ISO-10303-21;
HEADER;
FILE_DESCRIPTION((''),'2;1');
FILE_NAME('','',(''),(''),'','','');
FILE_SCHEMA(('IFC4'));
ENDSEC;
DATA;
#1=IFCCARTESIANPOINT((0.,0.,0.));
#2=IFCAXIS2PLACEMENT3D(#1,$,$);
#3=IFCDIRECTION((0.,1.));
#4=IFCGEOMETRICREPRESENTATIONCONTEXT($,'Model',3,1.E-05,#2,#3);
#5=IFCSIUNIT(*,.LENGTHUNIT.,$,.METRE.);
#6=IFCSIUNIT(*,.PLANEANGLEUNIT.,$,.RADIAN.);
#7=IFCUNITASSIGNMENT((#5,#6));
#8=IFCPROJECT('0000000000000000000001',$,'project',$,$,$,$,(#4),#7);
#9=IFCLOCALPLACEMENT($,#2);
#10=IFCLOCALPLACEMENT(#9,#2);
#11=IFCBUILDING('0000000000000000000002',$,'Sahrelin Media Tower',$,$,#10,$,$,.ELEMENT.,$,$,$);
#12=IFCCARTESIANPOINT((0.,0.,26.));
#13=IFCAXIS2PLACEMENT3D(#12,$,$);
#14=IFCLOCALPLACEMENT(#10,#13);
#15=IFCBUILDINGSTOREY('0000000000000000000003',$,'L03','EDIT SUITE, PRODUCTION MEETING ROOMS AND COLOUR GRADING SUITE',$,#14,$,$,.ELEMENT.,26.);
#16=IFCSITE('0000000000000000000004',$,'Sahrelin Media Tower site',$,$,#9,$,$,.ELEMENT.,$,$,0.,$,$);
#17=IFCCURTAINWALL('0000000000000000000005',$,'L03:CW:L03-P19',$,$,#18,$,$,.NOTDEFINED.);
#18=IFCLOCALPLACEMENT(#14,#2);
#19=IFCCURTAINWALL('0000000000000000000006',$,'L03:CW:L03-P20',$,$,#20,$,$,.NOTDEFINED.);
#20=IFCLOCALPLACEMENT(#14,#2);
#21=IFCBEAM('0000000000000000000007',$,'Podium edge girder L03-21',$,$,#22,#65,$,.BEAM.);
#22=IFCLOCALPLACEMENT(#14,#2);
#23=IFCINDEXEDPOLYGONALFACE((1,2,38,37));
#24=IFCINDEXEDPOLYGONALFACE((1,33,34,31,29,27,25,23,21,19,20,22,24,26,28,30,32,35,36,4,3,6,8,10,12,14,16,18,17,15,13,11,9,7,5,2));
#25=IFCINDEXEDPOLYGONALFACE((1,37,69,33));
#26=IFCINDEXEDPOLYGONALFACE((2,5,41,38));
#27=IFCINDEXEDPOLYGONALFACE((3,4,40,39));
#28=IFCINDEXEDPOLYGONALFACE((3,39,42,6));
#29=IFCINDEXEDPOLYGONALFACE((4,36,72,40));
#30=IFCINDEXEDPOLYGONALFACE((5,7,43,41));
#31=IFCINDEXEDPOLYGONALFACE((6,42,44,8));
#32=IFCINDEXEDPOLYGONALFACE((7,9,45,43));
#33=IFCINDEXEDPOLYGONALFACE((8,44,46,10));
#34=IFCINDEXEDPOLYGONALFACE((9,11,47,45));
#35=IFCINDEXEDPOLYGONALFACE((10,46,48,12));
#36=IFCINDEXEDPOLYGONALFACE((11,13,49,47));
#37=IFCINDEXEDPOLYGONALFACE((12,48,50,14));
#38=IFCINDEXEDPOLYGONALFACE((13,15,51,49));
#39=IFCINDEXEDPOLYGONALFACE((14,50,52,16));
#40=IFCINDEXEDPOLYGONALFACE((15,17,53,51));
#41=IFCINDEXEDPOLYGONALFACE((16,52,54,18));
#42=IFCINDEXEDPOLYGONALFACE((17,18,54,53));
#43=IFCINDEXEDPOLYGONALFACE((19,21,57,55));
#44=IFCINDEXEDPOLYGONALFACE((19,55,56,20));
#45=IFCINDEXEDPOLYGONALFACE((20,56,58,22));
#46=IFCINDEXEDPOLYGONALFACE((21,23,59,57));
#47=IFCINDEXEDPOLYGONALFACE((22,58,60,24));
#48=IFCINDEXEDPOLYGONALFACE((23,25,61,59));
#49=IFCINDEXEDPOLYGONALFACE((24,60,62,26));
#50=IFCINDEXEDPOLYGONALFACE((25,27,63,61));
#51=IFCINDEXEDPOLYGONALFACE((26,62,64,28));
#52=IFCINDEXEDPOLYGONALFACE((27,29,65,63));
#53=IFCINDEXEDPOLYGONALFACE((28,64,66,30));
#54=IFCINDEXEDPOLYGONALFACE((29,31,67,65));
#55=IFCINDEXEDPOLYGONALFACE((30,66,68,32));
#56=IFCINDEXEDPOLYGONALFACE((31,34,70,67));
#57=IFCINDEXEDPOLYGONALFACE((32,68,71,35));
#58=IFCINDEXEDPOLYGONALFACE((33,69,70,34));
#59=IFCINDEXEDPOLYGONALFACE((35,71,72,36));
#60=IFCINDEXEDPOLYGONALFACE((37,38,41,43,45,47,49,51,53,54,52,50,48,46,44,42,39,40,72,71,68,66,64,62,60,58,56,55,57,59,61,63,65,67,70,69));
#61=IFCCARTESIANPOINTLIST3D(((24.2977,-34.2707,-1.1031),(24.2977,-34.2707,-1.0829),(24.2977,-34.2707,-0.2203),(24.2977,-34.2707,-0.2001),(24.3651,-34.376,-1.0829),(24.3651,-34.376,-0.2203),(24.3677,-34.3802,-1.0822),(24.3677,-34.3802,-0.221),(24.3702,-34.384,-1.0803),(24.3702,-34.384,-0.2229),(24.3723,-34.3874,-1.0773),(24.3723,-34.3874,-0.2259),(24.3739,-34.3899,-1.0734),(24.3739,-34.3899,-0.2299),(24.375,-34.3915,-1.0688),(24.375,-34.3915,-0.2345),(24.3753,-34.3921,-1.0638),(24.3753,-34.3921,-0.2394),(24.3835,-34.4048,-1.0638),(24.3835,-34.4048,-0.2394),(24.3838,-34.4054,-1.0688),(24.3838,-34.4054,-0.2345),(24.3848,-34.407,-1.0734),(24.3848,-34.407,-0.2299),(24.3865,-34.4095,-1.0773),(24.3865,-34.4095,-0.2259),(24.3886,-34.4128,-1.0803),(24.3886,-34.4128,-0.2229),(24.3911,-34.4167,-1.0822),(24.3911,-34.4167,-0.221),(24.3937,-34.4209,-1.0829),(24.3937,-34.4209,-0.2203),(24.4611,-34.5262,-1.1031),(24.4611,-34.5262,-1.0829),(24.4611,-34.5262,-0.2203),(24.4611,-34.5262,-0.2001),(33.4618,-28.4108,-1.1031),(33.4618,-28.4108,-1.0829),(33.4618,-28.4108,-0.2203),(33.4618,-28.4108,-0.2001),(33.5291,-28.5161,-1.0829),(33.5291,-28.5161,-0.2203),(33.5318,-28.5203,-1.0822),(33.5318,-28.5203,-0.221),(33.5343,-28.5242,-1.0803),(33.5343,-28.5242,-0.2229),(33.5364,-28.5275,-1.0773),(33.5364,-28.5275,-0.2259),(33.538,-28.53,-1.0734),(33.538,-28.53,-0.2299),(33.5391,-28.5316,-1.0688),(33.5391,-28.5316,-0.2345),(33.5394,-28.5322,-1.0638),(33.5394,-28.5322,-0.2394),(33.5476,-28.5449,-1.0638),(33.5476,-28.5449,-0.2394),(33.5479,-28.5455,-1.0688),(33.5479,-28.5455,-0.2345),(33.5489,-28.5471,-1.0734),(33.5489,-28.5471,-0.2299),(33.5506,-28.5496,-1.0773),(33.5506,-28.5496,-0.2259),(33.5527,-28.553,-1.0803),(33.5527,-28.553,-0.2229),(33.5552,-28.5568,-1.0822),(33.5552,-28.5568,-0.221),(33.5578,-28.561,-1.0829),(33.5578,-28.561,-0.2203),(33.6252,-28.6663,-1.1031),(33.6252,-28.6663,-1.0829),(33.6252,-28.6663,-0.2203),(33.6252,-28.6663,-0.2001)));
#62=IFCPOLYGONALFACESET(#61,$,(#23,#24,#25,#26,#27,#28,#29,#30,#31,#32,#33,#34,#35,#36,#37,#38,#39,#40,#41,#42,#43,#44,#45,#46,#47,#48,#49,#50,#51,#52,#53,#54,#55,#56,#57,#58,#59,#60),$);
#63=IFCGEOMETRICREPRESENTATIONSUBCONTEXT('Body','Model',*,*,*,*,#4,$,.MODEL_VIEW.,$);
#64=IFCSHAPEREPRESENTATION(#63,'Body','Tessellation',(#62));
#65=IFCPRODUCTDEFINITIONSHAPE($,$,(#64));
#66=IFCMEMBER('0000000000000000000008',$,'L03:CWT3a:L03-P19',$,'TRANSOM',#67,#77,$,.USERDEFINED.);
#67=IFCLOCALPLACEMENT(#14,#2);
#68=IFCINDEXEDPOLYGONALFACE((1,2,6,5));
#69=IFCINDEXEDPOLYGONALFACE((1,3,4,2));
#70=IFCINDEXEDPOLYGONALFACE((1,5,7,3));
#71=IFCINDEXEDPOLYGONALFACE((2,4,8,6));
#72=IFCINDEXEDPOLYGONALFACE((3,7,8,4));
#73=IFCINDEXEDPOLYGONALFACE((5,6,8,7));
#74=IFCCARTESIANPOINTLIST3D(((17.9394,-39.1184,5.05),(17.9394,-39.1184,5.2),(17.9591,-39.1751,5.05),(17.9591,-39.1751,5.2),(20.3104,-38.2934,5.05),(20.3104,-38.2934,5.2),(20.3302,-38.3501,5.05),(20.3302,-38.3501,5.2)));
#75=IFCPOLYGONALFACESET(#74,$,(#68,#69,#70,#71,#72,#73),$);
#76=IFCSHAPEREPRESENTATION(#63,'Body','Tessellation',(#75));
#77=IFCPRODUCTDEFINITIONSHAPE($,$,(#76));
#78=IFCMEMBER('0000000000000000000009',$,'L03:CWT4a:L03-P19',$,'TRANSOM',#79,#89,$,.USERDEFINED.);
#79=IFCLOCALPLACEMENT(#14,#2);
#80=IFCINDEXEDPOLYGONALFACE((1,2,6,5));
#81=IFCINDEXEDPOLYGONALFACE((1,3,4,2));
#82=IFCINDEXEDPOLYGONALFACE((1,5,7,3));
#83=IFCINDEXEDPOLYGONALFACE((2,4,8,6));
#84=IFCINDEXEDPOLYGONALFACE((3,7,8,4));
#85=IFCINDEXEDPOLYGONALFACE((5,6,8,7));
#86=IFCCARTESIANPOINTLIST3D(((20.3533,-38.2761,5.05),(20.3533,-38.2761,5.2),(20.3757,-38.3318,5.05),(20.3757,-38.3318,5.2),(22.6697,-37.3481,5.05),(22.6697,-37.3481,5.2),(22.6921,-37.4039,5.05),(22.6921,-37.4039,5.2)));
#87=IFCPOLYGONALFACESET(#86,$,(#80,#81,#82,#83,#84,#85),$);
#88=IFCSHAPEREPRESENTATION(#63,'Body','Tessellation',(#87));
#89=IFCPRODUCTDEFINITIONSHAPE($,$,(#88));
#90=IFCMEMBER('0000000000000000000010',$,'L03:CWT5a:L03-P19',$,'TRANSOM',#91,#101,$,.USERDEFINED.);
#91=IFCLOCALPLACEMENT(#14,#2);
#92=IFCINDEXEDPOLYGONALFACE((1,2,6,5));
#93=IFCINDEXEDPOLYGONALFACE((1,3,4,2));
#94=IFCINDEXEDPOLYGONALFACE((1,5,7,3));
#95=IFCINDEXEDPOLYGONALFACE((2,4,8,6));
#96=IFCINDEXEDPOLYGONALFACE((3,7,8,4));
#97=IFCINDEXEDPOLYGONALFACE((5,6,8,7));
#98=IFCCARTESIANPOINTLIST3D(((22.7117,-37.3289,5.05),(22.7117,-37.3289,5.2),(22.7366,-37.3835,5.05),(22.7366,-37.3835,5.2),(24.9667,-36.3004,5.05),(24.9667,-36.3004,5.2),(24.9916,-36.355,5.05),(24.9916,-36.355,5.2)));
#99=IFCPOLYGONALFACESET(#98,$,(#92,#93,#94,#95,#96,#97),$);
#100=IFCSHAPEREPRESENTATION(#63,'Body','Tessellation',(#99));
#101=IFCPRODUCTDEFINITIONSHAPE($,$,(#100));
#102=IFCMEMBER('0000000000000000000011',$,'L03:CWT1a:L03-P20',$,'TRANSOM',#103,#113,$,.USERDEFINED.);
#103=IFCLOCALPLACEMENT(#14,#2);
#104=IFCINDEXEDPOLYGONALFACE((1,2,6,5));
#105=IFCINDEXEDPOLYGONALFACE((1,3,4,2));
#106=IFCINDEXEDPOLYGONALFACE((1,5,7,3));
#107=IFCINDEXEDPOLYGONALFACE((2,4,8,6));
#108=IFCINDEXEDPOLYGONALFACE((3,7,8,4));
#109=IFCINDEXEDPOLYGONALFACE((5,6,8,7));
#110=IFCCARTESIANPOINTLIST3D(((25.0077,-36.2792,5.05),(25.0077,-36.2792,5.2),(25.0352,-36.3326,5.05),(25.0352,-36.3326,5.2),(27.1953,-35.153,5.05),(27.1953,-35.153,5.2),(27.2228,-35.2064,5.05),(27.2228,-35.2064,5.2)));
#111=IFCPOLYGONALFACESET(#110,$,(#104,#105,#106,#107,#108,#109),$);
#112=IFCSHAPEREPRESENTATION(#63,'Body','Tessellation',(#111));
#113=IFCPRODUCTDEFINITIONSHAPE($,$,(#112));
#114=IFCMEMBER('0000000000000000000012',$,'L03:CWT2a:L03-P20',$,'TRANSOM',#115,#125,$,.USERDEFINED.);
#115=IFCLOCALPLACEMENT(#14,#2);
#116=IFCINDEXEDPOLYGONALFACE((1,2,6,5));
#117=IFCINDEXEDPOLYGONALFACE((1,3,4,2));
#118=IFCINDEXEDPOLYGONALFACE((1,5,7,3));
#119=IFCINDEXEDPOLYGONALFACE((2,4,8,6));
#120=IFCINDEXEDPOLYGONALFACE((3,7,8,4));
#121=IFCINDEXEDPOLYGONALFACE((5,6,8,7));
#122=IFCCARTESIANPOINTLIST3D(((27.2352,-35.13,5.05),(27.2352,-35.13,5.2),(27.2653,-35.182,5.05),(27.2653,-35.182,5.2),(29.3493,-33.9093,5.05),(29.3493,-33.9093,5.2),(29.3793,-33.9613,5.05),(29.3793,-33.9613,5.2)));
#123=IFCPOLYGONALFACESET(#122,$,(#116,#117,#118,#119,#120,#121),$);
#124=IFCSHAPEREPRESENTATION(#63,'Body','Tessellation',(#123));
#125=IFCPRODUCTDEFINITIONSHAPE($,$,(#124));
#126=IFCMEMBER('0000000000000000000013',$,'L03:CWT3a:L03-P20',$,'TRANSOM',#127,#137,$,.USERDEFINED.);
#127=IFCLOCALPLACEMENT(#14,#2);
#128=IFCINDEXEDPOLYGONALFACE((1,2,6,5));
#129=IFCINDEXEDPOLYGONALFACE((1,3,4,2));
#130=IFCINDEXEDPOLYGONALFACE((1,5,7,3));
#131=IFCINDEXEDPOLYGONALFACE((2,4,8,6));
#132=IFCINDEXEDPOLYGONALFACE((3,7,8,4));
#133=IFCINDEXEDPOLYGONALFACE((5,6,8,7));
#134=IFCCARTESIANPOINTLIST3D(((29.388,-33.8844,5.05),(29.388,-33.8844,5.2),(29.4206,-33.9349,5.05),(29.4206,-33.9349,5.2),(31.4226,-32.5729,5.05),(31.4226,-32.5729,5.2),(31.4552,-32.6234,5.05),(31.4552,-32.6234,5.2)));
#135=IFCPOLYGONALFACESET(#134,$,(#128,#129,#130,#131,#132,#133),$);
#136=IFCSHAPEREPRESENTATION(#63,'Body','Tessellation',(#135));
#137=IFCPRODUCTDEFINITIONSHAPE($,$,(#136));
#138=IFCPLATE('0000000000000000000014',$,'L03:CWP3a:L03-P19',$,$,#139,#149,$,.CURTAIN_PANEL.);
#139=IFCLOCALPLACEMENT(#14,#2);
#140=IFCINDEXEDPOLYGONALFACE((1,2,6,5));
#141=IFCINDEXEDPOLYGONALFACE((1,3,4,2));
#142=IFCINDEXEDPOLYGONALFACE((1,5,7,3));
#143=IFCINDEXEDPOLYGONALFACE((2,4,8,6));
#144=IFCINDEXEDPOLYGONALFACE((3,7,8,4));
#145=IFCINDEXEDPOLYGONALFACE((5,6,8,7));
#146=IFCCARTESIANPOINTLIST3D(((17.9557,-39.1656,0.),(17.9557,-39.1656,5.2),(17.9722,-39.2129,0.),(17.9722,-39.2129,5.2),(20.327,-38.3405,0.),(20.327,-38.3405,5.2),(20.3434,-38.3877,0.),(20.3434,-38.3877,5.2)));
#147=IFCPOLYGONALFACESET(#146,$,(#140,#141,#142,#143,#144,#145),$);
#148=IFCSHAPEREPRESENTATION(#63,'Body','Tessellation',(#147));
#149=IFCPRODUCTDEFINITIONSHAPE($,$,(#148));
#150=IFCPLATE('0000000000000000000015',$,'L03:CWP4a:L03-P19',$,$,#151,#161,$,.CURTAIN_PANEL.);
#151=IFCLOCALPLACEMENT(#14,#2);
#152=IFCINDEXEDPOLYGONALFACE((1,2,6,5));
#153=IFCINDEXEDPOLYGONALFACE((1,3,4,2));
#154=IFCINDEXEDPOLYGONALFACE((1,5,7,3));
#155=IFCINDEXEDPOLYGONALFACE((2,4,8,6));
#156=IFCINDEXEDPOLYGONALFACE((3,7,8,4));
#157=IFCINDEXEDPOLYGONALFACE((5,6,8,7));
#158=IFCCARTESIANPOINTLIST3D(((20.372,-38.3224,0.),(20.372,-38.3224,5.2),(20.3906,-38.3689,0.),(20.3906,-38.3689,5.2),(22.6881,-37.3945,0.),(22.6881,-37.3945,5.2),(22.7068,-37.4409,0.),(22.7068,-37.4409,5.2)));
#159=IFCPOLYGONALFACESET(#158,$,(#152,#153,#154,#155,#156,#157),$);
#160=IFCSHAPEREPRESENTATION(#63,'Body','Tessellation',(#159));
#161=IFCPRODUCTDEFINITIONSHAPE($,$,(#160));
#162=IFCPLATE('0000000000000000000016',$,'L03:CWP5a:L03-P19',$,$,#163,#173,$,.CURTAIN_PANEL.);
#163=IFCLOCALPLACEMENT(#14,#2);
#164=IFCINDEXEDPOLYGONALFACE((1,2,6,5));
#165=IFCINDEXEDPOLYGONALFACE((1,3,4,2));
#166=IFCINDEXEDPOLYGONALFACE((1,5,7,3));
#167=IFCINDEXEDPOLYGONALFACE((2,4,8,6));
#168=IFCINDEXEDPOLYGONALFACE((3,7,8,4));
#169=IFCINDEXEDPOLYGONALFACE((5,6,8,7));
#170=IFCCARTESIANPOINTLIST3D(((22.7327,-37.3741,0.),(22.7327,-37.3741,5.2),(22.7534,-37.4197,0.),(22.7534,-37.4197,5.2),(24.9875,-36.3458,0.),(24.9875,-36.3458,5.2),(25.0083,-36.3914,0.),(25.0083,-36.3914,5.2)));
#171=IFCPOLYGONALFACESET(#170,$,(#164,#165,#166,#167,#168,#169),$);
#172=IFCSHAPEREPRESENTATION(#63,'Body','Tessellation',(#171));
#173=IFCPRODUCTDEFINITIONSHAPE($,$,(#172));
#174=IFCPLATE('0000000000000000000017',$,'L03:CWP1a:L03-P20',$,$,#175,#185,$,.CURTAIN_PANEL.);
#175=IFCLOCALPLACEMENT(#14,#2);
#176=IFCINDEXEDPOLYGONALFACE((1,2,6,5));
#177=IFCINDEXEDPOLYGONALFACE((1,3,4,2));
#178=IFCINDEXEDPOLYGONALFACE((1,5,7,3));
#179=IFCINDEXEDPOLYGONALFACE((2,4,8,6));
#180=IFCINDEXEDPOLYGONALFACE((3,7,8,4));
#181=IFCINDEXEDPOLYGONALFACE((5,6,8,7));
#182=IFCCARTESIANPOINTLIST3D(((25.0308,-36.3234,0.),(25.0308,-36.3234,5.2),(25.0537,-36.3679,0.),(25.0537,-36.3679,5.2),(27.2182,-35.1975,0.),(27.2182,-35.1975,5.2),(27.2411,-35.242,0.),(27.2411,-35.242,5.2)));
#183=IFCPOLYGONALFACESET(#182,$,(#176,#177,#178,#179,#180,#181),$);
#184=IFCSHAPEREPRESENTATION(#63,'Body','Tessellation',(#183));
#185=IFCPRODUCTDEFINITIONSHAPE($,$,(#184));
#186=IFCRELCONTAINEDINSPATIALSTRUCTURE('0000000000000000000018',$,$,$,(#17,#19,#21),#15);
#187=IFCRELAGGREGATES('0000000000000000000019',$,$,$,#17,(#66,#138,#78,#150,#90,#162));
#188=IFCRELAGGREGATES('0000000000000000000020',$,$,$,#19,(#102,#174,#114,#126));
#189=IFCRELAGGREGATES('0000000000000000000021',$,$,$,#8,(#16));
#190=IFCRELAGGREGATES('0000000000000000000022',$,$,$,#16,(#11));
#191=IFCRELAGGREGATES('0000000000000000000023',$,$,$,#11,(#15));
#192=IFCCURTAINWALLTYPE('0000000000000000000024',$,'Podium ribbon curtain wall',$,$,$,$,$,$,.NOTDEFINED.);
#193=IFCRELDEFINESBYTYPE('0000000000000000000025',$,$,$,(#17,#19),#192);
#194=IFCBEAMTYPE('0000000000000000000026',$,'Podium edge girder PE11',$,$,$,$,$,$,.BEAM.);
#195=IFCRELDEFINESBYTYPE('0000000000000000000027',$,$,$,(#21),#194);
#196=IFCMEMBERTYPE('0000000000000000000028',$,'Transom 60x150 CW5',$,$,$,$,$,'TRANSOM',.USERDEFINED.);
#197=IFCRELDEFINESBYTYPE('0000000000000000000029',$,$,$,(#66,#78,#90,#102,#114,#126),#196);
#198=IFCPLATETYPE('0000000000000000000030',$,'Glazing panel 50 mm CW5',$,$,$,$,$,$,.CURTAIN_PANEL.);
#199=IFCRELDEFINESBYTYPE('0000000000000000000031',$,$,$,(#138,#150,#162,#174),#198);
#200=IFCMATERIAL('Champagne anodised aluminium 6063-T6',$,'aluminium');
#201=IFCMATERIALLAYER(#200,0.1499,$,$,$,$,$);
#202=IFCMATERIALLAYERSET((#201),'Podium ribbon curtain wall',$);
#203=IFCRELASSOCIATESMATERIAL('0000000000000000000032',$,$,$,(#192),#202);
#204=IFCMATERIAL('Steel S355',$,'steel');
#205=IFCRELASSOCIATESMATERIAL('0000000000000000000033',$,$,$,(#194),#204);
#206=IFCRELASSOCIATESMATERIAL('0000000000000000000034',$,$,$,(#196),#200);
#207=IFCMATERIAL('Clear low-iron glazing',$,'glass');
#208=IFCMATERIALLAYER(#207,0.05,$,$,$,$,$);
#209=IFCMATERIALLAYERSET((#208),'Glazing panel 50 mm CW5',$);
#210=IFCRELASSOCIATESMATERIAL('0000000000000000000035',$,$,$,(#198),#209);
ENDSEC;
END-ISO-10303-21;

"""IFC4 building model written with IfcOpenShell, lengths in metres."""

from ifc_helpers import new_model, si_unit, direction, frame, origin, origin_2d, place, context, subcontext, project, spatial, polyline, rectangle, i_section, outline, extrude, material, layer, layer_set, material_profile, profile_set, type_object, element, aggregate, save


model = new_model("IFC4")

# Units and contexts
model_context = context("Model", 3, precision=1e-05, world=origin(), true_north=direction((0.0, 1.0)))
body_context = subcontext(model_context, "Body", "Model", "MODEL_VIEW")
ifc_project = project(units=[si_unit("LENGTHUNIT", "METRE"), si_unit("PLANEANGLEUNIT", "RADIAN")], contexts=[model_context])

# Site, building, storey
site_placement = place(None, origin())
site = spatial("IfcSite", under=ifc_project, at=site_placement, Name="Sahrelin Media Tower site", CompositionType="ELEMENT", RefElevation=0.0)
building_placement = place(site_placement, origin())
building = spatial("IfcBuilding", under=site, at=building_placement, Name="Sahrelin Media Tower", CompositionType="ELEMENT")
storey_placement = place(building_placement, frame((0.0, 0.0, 26.0)))
storey = spatial("IfcBuildingStorey", under=building, at=storey_placement, Name="L03", Description="EDIT SUITE, PRODUCTION MEETING ROOMS AND COLOUR GRADING SUITE", CompositionType="ELEMENT", Elevation=26.0)

# Shared definitions
ifc_material_1 = material(Name="Steel S355", Category="steel")

# Curtain walls
ifc_material_2 = material(Name="Champagne anodised aluminium 6063-T6", Category="aluminium")
ifc_layer_1 = layer(ifc_material_2, 0.1499)
ifc_layer_set_1 = layer_set([ifc_layer_1], Name="Podium ribbon curtain wall")
curtain_wall_type = type_object("IfcCurtainWallType", Name="Podium ribbon curtain wall", PredefinedType="NOTDEFINED", material=ifc_layer_set_1)
curtain_wall_1_placement = place(storey_placement, frame((12.9409, -40.5688, 0.0), z_axis=(0.0, 0.0, 1.0), x_axis=(1.0, 0.0, 0.0)))
curtain_wall_1 = element("IfcCurtainWall", 1, at=curtain_wall_1_placement, inside=storey, type_object=curtain_wall_type, Name="L03:CW:L03-P19", PredefinedType="NOTDEFINED")
curtain_wall_2_placement = place(storey_placement, frame((25.0, -36.373, 0.0), z_axis=(0.0, 0.0, 1.0), x_axis=(1.0, 0.0, 0.0)))
curtain_wall_2 = element("IfcCurtainWall", 2, at=curtain_wall_2_placement, inside=storey, type_object=curtain_wall_type, Name="L03:CW:L03-P20", PredefinedType="NOTDEFINED")

# Beam
ifc_material_profile_1 = material_profile(ifc_material_1, i_section(OverallWidth=0.3032, OverallDepth=0.9031, WebThickness=0.0151, FlangeThickness=0.0203, FilletRadius=0.019, at=origin_2d()), Name="UB 914x305x201")
ifc_profile_set_1 = profile_set([ifc_material_profile_1], Name="Steel S355")
beam_type_1 = type_object("IfcBeamType", Name="Podium edge girder PE11", PredefinedType="BEAM", material=ifc_profile_set_1)
beam_1_placement = place(storey_placement, frame((24.3794, -34.3984, -0.6516), z_axis=(0.842486, 0.538719, 0.0), x_axis=(-0.538719, 0.842486, 0.0)))
element("IfcBeam", 3, at=beam_1_placement, inside=storey, type_object=beam_type_1, Name="Podium edge girder L03-21", PredefinedType="BEAM", context=body_context, shape_type="SweptSolid", body=[
    extrude(i_section(OverallWidth=0.3032, OverallDepth=0.9031, WebThickness=0.0151, FlangeThickness=0.0203, FilletRadius=0.019, at=origin_2d()), origin(), (0.0, 0.0, 1.0), 10.8774),
])

# Members
ifc_material_profile_2 = material_profile(ifc_material_2, rectangle(XDim=0.0601, YDim=0.1499, at=origin_2d()), Name="Transom 60x150")
ifc_profile_set_2 = profile_set([ifc_material_profile_2], Name="Champagne anodised aluminium 6063-T6")
member_type_1 = type_object("IfcMemberType", Name="Transom 60x150 CW5", ElementType="TRANSOM", PredefinedType="USERDEFINED", material=ifc_profile_set_2)
member_1_placement = place(storey_placement, frame((17.9492, -39.1467, 5.125), z_axis=(0.944469, 0.3286, 0.0), x_axis=(-0.3286, 0.944469, 0.0)))
member_1 = element("IfcMember", 4, at=member_1_placement, type_object=member_type_1, Name="L03:CWT3a:L03-P19", ObjectType="TRANSOM", PredefinedType="USERDEFINED", context=body_context, shape_type="SweptSolid", body=[
    extrude(rectangle(XDim=0.0601, YDim=0.1499, at=origin_2d()), origin(), (0.0, 0.0, 1.0), 2.5105),
])
member_2_placement = place(storey_placement, frame((20.3645, -38.304, 5.125), z_axis=(0.928281, 0.37188, 0.0), x_axis=(-0.37188, 0.928281, 0.0)))
member_2 = element("IfcMember", 5, at=member_2_placement, type_object=member_type_1, Name="L03:CWT4a:L03-P19", ObjectType="TRANSOM", PredefinedType="USERDEFINED", context=body_context, shape_type="SweptSolid", body=[
    extrude(rectangle(XDim=0.0601, YDim=0.1499, at=origin_2d()), origin(), (0.0, 0.0, 1.0), 2.4954),
])
member_3_placement = place(storey_placement, frame((22.7241, -37.3562, 5.125), z_axis=(0.909833, 0.414975, 0.0), x_axis=(-0.414975, 0.909833, 0.0)))
member_3 = element("IfcMember", 6, at=member_3_placement, type_object=member_type_1, Name="L03:CWT5a:L03-P19", ObjectType="TRANSOM", PredefinedType="USERDEFINED", context=body_context, shape_type="SweptSolid", body=[
    extrude(rectangle(XDim=0.0601, YDim=0.1499, at=origin_2d()), origin(), (0.0, 0.0, 1.0), 2.4785),
])
member_4_placement = place(storey_placement, frame((25.0215, -36.3059, 5.125), z_axis=(0.889086, 0.45774, 0.0), x_axis=(-0.45774, 0.889086, 0.0)))
member_4 = element("IfcMember", 7, at=member_4_placement, type_object=member_type_1, Name="L03:CWT1a:L03-P20", ObjectType="TRANSOM", PredefinedType="USERDEFINED", context=body_context, shape_type="SweptSolid", body=[
    extrude(rectangle(XDim=0.0601, YDim=0.1499, at=origin_2d()), origin(), (0.0, 0.0, 1.0), 2.4604),
])
member_5_placement = place(storey_placement, frame((27.2502, -35.156, 5.125), z_axis=(0.865994, 0.500054, 0.0), x_axis=(-0.500054, 0.865994, 0.0)))
member_5 = element("IfcMember", 8, at=member_5_placement, type_object=member_type_1, Name="L03:CWT2a:L03-P20", ObjectType="TRANSOM", PredefinedType="USERDEFINED", context=body_context, shape_type="SweptSolid", body=[
    extrude(rectangle(XDim=0.0601, YDim=0.1499, at=origin_2d()), origin(), (0.0, 0.0, 1.0), 2.4412),
])
member_6_placement = place(storey_placement, frame((29.4043, -33.9097, 5.125), z_axis=(0.840516, 0.541787, 0.0), x_axis=(-0.541787, 0.840516, 0.0)))
member_6 = element("IfcMember", 9, at=member_6_placement, type_object=member_type_1, Name="L03:CWT3a:L03-P20", ObjectType="TRANSOM", PredefinedType="USERDEFINED", context=body_context, shape_type="SweptSolid", body=[
    extrude(rectangle(XDim=0.0601, YDim=0.1499, at=origin_2d()), origin(), (0.0, 0.0, 1.0), 2.4207),
])

# Plates
ifc_material_3 = material(Name="Clear low-iron glazing", Category="glass")
ifc_layer_2 = layer(ifc_material_3, 0.05)
ifc_layer_set_2 = layer_set([ifc_layer_2], Name="Glazing panel 50 mm CW5")
plate_type = type_object("IfcPlateType", Name="Glazing panel 50 mm CW5", PredefinedType="CURTAIN_PANEL", material=ifc_layer_set_2)
plate_1_placement = place(storey_placement, frame((17.9722, -39.2129, 0.0), z_axis=(0.328656, -0.94445, 0.0), x_axis=(0.94445, 0.328656, 0.0)))
plate_1 = element("IfcPlate", 10, at=plate_1_placement, type_object=plate_type, Name="L03:CWP3a:L03-P19", PredefinedType="CURTAIN_PANEL", context=body_context, shape_type="SweptSolid", body=[
    extrude(outline(polyline([(0.0, 0.0), (2.5107, 0.0), (2.5107, 5.2), (0.0, 5.2), (0.0, 0.0)])), origin(), (0.0, 0.0, -1.0), 0.05),
])
plate_2_placement = place(storey_placement, frame((20.3906, -38.3689, 0.0), z_axis=(0.371914, -0.928267, 0.0), x_axis=(0.928267, 0.371914, 0.0)))
plate_2 = element("IfcPlate", 11, at=plate_2_placement, type_object=plate_type, Name="L03:CWP4a:L03-P19", PredefinedType="CURTAIN_PANEL", context=body_context, shape_type="SweptSolid", body=[
    extrude(outline(polyline([(0.0, 0.0), (2.4951, 0.0), (2.4951, 5.2), (0.0, 5.2), (0.0, 0.0)])), origin(), (0.0, 0.0, -1.0), 0.05),
])
plate_3_placement = place(storey_placement, frame((22.7534, -37.4197, 0.0), z_axis=(0.414931, -0.909853, 0.0), x_axis=(0.909853, 0.414931, 0.0)))
plate_3 = element("IfcPlate", 12, at=plate_3_placement, type_object=plate_type, Name="L03:CWP5a:L03-P19", PredefinedType="CURTAIN_PANEL", context=body_context, shape_type="SweptSolid", body=[
    extrude(outline(polyline([(0.0, 0.0), (2.4783, 0.0), (2.4783, 5.2), (0.0, 5.2), (0.0, 0.0)])), origin(), (0.0, 0.0, -1.0), 0.05),
])
aggregate(curtain_wall_1, [member_1, plate_1, member_2, plate_2, member_3, plate_3])
plate_4_placement = place(storey_placement, frame((25.0537, -36.3679, 0.0), z_axis=(0.457662, -0.889126, 0.0), x_axis=(0.889126, 0.457662, 0.0)))
plate_4 = element("IfcPlate", 13, at=plate_4_placement, type_object=plate_type, Name="L03:CWP1a:L03-P20", PredefinedType="CURTAIN_PANEL", context=body_context, shape_type="SweptSolid", body=[
    extrude(outline(polyline([(0.0, 0.0), (2.4602, 0.0), (2.4602, 5.2), (0.0, 5.2), (0.0, 0.0)])), origin(), (0.0, 0.0, -1.0), 0.05),
])
aggregate(curtain_wall_2, [member_4, plate_4, member_5, member_6])

save(model, "model.ifc")
